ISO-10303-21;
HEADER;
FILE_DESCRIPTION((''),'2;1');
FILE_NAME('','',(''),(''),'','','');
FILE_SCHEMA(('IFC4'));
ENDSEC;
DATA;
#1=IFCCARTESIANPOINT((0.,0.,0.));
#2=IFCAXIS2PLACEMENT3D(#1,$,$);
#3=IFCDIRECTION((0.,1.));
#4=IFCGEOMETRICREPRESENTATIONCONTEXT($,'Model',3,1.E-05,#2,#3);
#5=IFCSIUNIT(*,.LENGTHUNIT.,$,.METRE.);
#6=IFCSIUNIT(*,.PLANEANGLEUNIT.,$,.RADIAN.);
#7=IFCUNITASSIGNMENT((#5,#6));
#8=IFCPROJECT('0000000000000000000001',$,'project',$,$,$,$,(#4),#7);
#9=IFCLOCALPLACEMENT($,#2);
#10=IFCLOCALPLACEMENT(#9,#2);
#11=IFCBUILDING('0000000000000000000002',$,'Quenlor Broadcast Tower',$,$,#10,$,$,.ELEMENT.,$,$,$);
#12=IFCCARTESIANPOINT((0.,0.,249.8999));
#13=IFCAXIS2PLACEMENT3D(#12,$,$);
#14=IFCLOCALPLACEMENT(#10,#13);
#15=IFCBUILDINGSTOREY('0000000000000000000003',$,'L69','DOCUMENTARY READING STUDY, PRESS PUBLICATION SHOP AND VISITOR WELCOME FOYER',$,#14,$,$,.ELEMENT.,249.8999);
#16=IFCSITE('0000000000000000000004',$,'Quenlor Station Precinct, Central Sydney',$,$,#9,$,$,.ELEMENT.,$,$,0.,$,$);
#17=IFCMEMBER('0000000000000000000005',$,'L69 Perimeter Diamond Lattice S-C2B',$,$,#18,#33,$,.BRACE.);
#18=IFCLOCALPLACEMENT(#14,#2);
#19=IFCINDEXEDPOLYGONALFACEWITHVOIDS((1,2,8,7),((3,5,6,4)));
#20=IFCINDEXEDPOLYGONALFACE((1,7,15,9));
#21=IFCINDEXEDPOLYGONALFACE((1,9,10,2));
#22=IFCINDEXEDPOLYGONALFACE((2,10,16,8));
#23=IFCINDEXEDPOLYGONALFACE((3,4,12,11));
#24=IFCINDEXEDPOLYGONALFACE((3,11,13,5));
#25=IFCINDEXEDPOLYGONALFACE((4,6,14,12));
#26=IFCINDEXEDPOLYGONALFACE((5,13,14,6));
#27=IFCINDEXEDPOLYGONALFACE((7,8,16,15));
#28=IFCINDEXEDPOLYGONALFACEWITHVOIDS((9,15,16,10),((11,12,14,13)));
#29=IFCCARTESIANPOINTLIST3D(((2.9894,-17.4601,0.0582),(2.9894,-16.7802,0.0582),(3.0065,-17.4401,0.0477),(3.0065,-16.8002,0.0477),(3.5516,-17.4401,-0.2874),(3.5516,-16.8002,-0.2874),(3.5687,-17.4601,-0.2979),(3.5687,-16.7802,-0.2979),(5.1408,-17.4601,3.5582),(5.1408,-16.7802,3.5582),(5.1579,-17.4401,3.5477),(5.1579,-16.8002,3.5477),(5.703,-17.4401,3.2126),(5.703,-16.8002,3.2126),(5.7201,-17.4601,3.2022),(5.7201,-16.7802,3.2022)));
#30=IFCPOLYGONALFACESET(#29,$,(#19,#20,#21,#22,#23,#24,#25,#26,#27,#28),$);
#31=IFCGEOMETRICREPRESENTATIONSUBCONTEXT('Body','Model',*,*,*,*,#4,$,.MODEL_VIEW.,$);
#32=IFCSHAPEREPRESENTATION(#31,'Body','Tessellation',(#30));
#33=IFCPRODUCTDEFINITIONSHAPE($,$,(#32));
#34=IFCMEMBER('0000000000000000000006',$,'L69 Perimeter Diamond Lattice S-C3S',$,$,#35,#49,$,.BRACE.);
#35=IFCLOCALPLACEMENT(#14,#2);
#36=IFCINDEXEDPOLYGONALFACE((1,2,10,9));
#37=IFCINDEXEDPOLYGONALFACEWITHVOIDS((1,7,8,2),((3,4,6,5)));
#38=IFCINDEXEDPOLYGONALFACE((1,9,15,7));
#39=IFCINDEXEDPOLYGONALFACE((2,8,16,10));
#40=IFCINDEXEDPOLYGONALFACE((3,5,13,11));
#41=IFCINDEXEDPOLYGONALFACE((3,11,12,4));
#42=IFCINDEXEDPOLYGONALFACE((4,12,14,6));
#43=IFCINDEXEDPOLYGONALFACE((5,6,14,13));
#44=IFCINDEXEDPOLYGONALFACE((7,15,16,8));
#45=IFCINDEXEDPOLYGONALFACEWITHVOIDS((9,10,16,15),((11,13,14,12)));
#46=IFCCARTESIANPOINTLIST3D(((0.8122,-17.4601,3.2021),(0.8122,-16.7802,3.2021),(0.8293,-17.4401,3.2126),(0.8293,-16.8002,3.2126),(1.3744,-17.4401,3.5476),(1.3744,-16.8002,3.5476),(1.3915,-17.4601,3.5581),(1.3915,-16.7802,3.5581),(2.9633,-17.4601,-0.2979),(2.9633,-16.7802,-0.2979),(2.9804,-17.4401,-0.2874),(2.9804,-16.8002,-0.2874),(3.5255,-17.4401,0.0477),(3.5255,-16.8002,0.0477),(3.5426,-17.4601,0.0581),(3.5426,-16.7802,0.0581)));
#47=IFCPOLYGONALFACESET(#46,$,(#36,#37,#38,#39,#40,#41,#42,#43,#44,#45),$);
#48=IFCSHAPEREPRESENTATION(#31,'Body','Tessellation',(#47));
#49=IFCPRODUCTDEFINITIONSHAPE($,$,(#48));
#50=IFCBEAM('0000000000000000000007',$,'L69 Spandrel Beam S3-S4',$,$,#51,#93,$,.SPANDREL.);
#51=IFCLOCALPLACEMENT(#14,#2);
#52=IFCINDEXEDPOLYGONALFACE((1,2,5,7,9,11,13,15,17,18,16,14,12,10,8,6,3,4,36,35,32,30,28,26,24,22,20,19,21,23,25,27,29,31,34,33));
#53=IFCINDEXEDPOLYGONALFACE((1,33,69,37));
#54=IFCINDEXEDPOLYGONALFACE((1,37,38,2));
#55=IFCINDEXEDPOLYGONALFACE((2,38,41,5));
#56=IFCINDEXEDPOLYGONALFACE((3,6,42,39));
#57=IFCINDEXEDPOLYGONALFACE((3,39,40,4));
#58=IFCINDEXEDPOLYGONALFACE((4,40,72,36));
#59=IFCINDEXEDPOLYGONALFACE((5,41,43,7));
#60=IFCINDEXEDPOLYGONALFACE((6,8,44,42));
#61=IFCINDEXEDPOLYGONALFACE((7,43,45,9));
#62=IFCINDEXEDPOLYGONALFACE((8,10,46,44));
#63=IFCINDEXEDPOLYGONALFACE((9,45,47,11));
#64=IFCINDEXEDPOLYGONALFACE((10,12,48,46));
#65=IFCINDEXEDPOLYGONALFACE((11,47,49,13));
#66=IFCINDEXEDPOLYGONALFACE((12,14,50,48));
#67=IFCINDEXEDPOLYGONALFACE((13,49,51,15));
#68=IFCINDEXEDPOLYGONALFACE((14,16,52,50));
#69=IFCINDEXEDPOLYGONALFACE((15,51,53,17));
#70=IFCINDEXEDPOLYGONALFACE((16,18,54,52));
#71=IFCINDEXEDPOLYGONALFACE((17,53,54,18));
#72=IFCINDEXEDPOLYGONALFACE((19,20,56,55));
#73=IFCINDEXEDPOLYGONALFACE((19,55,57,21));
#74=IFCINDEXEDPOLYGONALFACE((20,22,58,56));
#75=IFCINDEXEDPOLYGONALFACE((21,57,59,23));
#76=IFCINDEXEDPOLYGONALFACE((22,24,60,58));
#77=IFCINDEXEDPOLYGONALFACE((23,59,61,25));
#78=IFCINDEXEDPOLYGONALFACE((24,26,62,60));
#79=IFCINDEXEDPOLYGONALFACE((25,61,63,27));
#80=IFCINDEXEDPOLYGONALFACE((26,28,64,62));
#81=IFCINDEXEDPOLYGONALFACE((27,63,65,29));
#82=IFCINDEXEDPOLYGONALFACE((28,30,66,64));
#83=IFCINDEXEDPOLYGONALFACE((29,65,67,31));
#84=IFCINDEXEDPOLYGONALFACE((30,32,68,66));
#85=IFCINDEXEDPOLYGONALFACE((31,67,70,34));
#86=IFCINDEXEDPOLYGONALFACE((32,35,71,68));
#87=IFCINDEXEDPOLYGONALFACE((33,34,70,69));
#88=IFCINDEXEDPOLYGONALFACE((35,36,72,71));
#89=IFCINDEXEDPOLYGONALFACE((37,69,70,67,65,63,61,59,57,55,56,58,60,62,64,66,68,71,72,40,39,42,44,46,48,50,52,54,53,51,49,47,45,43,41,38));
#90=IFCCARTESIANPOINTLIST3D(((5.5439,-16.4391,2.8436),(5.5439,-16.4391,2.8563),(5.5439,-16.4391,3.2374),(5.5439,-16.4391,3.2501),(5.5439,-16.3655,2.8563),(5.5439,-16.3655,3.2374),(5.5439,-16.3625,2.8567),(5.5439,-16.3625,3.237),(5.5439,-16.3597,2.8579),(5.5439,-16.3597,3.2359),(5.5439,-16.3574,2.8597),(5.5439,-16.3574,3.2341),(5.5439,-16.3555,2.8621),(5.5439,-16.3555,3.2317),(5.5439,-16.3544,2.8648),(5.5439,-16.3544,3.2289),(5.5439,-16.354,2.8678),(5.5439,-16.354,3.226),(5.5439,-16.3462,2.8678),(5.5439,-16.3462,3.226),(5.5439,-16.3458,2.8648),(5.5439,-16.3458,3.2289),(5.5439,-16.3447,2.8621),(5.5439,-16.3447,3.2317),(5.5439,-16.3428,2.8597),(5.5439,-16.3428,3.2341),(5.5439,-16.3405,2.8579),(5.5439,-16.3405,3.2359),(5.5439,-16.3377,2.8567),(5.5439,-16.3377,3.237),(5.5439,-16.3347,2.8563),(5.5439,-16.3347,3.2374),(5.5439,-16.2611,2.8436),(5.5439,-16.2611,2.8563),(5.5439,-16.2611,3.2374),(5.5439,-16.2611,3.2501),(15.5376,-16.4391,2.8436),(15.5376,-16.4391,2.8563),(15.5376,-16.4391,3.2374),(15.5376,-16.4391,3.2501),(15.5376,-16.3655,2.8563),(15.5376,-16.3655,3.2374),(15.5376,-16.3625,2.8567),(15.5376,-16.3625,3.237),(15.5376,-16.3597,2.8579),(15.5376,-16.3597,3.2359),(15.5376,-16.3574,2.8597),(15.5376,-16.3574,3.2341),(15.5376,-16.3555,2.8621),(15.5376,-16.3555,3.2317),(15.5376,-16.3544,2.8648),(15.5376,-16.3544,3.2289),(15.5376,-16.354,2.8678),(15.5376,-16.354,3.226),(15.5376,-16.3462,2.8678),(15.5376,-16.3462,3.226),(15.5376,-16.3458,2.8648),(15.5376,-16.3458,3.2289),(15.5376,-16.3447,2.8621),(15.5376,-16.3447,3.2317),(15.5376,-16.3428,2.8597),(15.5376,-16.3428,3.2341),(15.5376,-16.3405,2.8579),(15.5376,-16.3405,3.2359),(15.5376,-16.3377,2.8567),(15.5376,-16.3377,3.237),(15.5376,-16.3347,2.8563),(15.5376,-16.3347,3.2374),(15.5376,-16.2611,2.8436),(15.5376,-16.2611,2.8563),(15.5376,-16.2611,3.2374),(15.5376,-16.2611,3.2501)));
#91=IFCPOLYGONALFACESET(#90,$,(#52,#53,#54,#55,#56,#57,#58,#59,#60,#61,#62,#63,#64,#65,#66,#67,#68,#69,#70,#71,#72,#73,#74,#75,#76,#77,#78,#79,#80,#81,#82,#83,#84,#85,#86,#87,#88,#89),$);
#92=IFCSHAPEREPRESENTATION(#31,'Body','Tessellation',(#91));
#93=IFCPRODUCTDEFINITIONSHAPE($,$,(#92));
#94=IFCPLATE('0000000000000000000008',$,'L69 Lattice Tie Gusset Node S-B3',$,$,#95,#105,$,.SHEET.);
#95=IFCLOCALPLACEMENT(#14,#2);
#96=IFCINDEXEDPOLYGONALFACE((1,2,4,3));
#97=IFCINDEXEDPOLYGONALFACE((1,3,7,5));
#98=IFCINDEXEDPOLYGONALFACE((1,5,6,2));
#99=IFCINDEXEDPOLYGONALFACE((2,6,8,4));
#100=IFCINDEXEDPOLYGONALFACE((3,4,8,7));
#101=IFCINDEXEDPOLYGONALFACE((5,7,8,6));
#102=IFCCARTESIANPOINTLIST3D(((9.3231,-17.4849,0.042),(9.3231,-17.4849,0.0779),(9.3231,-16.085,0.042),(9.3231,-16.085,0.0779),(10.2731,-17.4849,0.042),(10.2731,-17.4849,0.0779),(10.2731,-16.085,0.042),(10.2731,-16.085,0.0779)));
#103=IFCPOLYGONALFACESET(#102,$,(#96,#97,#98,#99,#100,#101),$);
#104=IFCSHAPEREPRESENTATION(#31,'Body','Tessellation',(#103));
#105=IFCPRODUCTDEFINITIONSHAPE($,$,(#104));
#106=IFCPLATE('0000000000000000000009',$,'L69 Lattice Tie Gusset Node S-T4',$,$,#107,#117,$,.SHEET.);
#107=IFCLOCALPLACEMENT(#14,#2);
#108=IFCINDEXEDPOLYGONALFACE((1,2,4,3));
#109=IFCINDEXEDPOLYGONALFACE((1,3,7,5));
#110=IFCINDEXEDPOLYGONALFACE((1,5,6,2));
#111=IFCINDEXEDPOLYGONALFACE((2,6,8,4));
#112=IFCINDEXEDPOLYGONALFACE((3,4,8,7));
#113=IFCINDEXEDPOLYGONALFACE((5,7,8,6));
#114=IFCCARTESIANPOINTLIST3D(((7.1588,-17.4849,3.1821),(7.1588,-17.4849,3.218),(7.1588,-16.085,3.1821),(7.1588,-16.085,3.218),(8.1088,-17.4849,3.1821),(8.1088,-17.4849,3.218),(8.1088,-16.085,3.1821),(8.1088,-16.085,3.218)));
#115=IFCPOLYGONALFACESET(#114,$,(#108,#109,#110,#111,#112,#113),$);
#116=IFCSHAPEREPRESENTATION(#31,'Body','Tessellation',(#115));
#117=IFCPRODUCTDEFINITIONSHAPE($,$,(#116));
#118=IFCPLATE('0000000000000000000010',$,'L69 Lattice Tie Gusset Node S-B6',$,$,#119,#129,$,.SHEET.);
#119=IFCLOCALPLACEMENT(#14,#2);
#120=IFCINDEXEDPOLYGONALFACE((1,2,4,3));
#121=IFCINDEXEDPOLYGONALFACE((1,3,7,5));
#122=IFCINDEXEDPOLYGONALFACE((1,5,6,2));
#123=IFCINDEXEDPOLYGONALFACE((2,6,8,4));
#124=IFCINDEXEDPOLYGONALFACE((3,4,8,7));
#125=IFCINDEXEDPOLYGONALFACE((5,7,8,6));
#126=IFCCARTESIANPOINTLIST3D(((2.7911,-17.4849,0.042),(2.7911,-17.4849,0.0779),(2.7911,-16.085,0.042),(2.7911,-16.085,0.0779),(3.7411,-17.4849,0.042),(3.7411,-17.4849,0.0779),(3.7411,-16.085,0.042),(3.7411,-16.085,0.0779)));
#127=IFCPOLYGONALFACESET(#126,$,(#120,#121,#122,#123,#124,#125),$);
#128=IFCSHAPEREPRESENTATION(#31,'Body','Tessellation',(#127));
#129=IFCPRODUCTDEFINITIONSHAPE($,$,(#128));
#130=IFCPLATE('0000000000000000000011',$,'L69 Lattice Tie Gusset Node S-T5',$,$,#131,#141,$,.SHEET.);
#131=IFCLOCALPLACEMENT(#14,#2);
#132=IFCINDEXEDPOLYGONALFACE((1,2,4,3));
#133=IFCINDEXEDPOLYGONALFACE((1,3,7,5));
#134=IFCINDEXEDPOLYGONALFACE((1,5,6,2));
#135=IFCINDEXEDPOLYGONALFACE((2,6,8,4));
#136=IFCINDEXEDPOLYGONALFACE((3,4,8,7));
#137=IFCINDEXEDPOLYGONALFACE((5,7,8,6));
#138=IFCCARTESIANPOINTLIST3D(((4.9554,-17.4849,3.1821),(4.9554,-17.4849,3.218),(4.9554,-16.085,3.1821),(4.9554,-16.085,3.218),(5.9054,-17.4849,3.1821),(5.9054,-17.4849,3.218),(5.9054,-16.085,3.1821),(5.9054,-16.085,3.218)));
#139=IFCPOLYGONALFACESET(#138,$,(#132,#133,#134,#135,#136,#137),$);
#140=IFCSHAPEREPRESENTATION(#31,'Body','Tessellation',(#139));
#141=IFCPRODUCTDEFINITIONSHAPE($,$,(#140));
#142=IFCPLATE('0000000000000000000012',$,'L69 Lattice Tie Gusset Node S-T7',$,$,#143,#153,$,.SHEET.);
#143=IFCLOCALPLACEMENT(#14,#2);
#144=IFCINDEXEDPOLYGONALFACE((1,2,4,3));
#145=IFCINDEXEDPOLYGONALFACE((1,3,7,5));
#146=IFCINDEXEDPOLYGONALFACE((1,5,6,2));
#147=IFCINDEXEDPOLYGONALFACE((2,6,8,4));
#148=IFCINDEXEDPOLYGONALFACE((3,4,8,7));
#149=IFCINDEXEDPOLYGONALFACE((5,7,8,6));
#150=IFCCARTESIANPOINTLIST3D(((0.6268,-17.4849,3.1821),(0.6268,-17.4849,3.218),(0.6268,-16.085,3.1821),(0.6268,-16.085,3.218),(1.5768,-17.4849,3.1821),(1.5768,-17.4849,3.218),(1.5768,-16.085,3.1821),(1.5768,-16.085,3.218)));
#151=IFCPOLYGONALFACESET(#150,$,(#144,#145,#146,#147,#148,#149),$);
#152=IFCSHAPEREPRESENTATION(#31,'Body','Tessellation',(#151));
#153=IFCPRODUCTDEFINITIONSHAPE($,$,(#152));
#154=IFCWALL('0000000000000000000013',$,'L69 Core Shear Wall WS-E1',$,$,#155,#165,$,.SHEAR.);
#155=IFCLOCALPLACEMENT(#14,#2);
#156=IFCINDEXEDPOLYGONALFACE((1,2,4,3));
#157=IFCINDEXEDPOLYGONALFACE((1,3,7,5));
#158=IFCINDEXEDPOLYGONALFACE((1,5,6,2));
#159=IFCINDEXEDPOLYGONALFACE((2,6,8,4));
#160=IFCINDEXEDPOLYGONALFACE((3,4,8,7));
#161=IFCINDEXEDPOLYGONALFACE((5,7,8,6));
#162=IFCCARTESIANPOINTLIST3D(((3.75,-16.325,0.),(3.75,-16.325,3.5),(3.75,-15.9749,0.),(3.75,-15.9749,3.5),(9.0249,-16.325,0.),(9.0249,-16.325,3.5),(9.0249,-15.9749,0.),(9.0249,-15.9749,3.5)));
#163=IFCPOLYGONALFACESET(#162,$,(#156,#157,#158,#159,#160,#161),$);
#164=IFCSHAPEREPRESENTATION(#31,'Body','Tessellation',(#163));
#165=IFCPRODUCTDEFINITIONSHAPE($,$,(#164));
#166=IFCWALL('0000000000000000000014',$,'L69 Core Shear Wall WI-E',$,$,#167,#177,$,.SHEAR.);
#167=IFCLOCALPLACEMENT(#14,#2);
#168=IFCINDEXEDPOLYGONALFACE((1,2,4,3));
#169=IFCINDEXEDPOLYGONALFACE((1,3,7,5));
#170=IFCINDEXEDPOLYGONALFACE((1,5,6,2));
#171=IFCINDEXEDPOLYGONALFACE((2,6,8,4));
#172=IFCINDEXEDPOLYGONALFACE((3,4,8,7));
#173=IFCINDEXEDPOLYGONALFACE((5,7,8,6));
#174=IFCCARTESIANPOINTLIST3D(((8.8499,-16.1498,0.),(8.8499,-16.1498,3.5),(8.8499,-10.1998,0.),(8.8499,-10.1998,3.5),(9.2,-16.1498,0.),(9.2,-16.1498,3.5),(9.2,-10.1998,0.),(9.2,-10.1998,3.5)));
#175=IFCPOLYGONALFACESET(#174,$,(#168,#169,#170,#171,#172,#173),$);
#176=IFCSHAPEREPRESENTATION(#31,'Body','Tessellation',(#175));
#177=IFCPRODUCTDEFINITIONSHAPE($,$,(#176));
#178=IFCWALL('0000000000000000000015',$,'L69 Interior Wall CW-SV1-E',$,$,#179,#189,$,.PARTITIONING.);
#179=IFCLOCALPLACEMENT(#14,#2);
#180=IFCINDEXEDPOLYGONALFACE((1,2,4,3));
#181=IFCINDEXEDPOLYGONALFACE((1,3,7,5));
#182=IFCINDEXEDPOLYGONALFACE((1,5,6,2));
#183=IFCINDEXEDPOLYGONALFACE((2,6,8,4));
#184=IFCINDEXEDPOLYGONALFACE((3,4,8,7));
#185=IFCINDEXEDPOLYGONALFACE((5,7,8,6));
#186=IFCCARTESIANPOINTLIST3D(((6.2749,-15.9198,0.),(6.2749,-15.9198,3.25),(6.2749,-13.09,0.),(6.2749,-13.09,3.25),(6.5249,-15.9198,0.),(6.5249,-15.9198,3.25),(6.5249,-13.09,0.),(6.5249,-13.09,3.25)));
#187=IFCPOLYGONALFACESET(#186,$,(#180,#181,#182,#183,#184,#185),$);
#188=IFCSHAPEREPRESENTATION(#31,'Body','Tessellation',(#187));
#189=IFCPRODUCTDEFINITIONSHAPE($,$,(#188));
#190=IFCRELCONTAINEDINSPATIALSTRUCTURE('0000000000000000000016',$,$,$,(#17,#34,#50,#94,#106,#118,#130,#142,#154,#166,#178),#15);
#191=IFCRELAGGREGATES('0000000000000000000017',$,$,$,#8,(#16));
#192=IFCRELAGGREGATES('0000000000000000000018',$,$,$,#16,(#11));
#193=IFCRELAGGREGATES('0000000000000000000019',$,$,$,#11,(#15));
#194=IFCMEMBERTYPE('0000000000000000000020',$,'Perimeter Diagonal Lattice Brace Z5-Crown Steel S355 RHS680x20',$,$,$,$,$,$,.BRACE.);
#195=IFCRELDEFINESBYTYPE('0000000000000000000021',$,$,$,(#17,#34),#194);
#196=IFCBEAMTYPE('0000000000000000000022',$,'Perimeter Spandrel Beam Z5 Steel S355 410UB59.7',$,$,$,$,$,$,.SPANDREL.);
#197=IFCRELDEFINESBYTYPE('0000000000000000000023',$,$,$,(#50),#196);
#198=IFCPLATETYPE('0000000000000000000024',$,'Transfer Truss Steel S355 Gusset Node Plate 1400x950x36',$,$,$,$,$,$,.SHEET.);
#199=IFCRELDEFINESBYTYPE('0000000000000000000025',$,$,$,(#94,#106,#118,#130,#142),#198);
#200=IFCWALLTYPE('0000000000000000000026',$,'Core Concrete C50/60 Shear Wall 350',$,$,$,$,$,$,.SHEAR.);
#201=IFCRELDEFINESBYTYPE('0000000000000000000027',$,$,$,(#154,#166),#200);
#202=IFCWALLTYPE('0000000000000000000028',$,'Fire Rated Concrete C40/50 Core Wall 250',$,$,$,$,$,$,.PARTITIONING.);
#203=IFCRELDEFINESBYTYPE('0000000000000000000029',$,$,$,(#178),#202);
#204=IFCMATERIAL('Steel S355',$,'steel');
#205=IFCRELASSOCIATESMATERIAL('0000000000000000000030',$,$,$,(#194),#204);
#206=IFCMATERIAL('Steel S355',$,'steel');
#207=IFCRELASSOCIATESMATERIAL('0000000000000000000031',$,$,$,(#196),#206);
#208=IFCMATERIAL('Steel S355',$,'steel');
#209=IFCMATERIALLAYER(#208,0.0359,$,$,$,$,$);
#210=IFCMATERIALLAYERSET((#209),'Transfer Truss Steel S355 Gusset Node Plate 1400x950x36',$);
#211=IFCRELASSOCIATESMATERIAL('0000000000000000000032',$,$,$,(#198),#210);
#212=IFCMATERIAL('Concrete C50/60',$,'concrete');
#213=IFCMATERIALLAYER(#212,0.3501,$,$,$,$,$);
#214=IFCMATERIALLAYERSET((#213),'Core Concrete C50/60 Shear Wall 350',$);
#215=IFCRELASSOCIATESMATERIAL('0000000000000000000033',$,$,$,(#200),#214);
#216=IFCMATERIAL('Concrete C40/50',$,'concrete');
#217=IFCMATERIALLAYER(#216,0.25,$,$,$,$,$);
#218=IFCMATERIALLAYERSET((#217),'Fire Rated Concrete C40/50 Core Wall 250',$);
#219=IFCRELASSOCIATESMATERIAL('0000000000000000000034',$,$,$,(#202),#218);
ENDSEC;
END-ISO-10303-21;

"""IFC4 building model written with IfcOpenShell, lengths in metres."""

from ifc_helpers import new_model, si_unit, direction, frame, frame_2d, origin, origin_2d, place, context, subcontext, project, spatial, rectangle, hollow_rectangle, i_section, extrude, material, layer, layer_set, material_profile, profile_set, type_object, element, save


model = new_model("IFC4")

# Units and contexts
model_context = context("Model", 3, precision=1e-05, world=origin(), true_north=direction((0.0, 1.0)))
body_context = subcontext(model_context, "Body", "Model", "MODEL_VIEW")
ifc_project = project(units=[si_unit("LENGTHUNIT", "METRE"), si_unit("PLANEANGLEUNIT", "RADIAN")], contexts=[model_context])

# Site, building, storey
site_placement = place(None, origin())
site = spatial("IfcSite", under=ifc_project, at=site_placement, Name="Quenlor Station Precinct, Central Sydney", CompositionType="ELEMENT", RefElevation=0.0)
building_placement = place(site_placement, origin())
building = spatial("IfcBuilding", under=site, at=building_placement, Name="Quenlor Broadcast Tower", CompositionType="ELEMENT")
storey_placement = place(building_placement, frame((0.0, 0.0, 249.8999)))
storey = spatial("IfcBuildingStorey", under=building, at=storey_placement, Name="L69", Description="DOCUMENTARY READING STUDY, PRESS PUBLICATION SHOP AND VISITOR WELCOME FOYER", CompositionType="ELEMENT", Elevation=249.8999)

# Members
ifc_material_1 = material(Name="Steel S355", Category="steel")
ifc_material_profile_1 = material_profile(ifc_material_1, hollow_rectangle(XDim=0.6799, YDim=0.6799, WallThickness=0.02, at=origin_2d()))
ifc_profile_set_1 = profile_set([ifc_material_profile_1], Name="Steel S355 RHS680x680x20")
member_type_1 = type_object("IfcMemberType", Name="Perimeter Diagonal Lattice Brace Z5-Crown Steel S355 RHS680x20", PredefinedType="BRACE", material=ifc_profile_set_1)
member_1_placement = place(storey_placement, frame((3.2791, -17.1201, -0.1199), z_axis=(0.52366, 0.0, 0.851928), x_axis=(0.0, 1.0, 0.0)))
element("IfcMember", 1, at=member_1_placement, inside=storey, type_object=member_type_1, Name="L69 Perimeter Diamond Lattice S-C2B", PredefinedType="BRACE", context=body_context, shape_type="SweptSolid", body=[
    extrude(hollow_rectangle(XDim=0.6799, YDim=0.6799, WallThickness=0.02, at=origin_2d()), origin(), (0.0, 0.0, 1.0), 4.1084),
])
member_2_placement = place(storey_placement, frame((3.2529, -17.1201, -0.1199), z_axis=(-0.523617, 0.0, 0.851954), x_axis=(0.0, -1.0, 0.0)))
element("IfcMember", 2, at=member_2_placement, inside=storey, type_object=member_type_1, Name="L69 Perimeter Diamond Lattice S-C3S", PredefinedType="BRACE", context=body_context, shape_type="SweptSolid", body=[
    extrude(hollow_rectangle(XDim=0.6799, YDim=0.6799, WallThickness=0.02, at=origin_2d()), origin(), (0.0, 0.0, 1.0), 4.1082),
])

# Beam
ifc_material_2 = material(Name="Steel S355", Category="steel")
ifc_material_profile_2 = material_profile(ifc_material_2, i_section(OverallWidth=0.178, OverallDepth=0.4065, WebThickness=0.0078, FlangeThickness=0.0127, FilletRadius=0.0115, at=origin_2d()))
ifc_profile_set_2 = profile_set([ifc_material_profile_2], Name="Steel S355 410UB59.7")
beam_type_1 = type_object("IfcBeamType", Name="Perimeter Spandrel Beam Z5 Steel S355 410UB59.7", PredefinedType="SPANDREL", material=ifc_profile_set_2)
beam_1_placement = place(storey_placement, frame((5.5439, -16.3501, 3.0469), z_axis=(1.0, 0.0, 0.0), x_axis=(0.0, 1.0, 0.0)))
element("IfcBeam", 3, at=beam_1_placement, inside=storey, type_object=beam_type_1, Name="L69 Spandrel Beam S3-S4", PredefinedType="SPANDREL", context=body_context, shape_type="SweptSolid", body=[
    extrude(i_section(OverallWidth=0.178, OverallDepth=0.4065, WebThickness=0.0078, FlangeThickness=0.0127, FilletRadius=0.0115, at=origin_2d()), origin(), (0.0, 0.0, 1.0), 9.9937),
])

# Plates
ifc_material_3 = material(Name="Steel S355", Category="steel")
ifc_layer_1 = layer(ifc_material_3, 0.0359)
ifc_layer_set_1 = layer_set([ifc_layer_1], Name="Transfer Truss Steel S355 Gusset Node Plate 1400x950x36")
plate_type = type_object("IfcPlateType", Name="Transfer Truss Steel S355 Gusset Node Plate 1400x950x36", PredefinedType="SHEET", material=ifc_layer_set_1)
for number, where, z_axis, x_axis, name in (
    (4, (9.7981, -16.7849, 0.042), (0.0, 0.0, 1.0), (0.0, -1.0, 0.0), "L69 Lattice Tie Gusset Node S-B3"),
    (5, (7.6338, -16.7849, 3.1821), (0.0, 0.0, 1.0), (0.0, -1.0, 0.0), "L69 Lattice Tie Gusset Node S-T4"),
    (6, (3.2661, -16.7849, 0.042), (0.0, 0.0, 1.0), (0.0, -1.0, 0.0), "L69 Lattice Tie Gusset Node S-B6"),
    (7, (5.4304, -16.7849, 3.1821), (0.0, 0.0, 1.0), (0.0, -1.0, 0.0), "L69 Lattice Tie Gusset Node S-T5"),
    (8, (1.1018, -16.7849, 3.1821), (0.0, 0.0, 1.0), (0.0, -1.0, 0.0), "L69 Lattice Tie Gusset Node S-T7"),
):
    element("IfcPlate", number, at=place(storey_placement, frame(where, z_axis=z_axis, x_axis=x_axis)), inside=storey, type_object=plate_type, Name=name, PredefinedType="SHEET", context=body_context, shape_type="SweptSolid", body=[
        extrude(rectangle(XDim=1.3999, YDim=0.95, at=origin_2d()), origin(), (0.0, 0.0, 1.0), 0.0359),
    ])

# Walls
ifc_material_4 = material(Name="Concrete C50/60", Category="concrete")
ifc_layer_2 = layer(ifc_material_4, 0.3501)
ifc_layer_set_2 = layer_set([ifc_layer_2], Name="Core Concrete C50/60 Shear Wall 350")
wall_type_1 = type_object("IfcWallType", Name="Core Concrete C50/60 Shear Wall 350", PredefinedType="SHEAR", material=ifc_layer_set_2)
wall_1_placement = place(storey_placement, frame((3.75, -16.1499, 0.0), z_axis=(0.0, 0.0, 1.0), x_axis=(1.0, 0.0, 0.0)))
element("IfcWall", 9, at=wall_1_placement, inside=storey, type_object=wall_type_1, Name="L69 Core Shear Wall WS-E1", PredefinedType="SHEAR", context=body_context, shape_type="SweptSolid", body=[
    extrude(rectangle(XDim=5.2749, YDim=0.3501, at=frame_2d((2.6375, 0.0))), origin(), (0.0, 0.0, 1.0), 3.5),
])
wall_2_placement = place(storey_placement, frame((9.0249, -16.1499, 0.0), z_axis=(0.0, 0.0, 1.0), x_axis=(0.0, 1.0, 0.0)))
element("IfcWall", 10, at=wall_2_placement, inside=storey, type_object=wall_type_1, Name="L69 Core Shear Wall WI-E", PredefinedType="SHEAR", context=body_context, shape_type="SweptSolid", body=[
    extrude(rectangle(XDim=5.95, YDim=0.3501, at=frame_2d((2.9751, 0.0))), origin(), (0.0, 0.0, 1.0), 3.5),
])
ifc_material_5 = material(Name="Concrete C40/50", Category="concrete")
ifc_layer_3 = layer(ifc_material_5, 0.25)
ifc_layer_set_3 = layer_set([ifc_layer_3], Name="Fire Rated Concrete C40/50 Core Wall 250")
wall_type_2 = type_object("IfcWallType", Name="Fire Rated Concrete C40/50 Core Wall 250", PredefinedType="PARTITIONING", material=ifc_layer_set_3)
wall_3_placement = place(storey_placement, frame((6.3999, -15.9199, 0.0), z_axis=(0.0, 0.0, 1.0), x_axis=(0.0, 1.0, 0.0)))
element("IfcWall", 11, at=wall_3_placement, inside=storey, type_object=wall_type_2, Name="L69 Interior Wall CW-SV1-E", PredefinedType="PARTITIONING", context=body_context, shape_type="SweptSolid", body=[
    extrude(rectangle(XDim=2.8298, YDim=0.25, at=frame_2d((1.415, 0.0))), origin(), (0.0, 0.0, 1.0), 3.25),
])

save(model, "model.ifc")
